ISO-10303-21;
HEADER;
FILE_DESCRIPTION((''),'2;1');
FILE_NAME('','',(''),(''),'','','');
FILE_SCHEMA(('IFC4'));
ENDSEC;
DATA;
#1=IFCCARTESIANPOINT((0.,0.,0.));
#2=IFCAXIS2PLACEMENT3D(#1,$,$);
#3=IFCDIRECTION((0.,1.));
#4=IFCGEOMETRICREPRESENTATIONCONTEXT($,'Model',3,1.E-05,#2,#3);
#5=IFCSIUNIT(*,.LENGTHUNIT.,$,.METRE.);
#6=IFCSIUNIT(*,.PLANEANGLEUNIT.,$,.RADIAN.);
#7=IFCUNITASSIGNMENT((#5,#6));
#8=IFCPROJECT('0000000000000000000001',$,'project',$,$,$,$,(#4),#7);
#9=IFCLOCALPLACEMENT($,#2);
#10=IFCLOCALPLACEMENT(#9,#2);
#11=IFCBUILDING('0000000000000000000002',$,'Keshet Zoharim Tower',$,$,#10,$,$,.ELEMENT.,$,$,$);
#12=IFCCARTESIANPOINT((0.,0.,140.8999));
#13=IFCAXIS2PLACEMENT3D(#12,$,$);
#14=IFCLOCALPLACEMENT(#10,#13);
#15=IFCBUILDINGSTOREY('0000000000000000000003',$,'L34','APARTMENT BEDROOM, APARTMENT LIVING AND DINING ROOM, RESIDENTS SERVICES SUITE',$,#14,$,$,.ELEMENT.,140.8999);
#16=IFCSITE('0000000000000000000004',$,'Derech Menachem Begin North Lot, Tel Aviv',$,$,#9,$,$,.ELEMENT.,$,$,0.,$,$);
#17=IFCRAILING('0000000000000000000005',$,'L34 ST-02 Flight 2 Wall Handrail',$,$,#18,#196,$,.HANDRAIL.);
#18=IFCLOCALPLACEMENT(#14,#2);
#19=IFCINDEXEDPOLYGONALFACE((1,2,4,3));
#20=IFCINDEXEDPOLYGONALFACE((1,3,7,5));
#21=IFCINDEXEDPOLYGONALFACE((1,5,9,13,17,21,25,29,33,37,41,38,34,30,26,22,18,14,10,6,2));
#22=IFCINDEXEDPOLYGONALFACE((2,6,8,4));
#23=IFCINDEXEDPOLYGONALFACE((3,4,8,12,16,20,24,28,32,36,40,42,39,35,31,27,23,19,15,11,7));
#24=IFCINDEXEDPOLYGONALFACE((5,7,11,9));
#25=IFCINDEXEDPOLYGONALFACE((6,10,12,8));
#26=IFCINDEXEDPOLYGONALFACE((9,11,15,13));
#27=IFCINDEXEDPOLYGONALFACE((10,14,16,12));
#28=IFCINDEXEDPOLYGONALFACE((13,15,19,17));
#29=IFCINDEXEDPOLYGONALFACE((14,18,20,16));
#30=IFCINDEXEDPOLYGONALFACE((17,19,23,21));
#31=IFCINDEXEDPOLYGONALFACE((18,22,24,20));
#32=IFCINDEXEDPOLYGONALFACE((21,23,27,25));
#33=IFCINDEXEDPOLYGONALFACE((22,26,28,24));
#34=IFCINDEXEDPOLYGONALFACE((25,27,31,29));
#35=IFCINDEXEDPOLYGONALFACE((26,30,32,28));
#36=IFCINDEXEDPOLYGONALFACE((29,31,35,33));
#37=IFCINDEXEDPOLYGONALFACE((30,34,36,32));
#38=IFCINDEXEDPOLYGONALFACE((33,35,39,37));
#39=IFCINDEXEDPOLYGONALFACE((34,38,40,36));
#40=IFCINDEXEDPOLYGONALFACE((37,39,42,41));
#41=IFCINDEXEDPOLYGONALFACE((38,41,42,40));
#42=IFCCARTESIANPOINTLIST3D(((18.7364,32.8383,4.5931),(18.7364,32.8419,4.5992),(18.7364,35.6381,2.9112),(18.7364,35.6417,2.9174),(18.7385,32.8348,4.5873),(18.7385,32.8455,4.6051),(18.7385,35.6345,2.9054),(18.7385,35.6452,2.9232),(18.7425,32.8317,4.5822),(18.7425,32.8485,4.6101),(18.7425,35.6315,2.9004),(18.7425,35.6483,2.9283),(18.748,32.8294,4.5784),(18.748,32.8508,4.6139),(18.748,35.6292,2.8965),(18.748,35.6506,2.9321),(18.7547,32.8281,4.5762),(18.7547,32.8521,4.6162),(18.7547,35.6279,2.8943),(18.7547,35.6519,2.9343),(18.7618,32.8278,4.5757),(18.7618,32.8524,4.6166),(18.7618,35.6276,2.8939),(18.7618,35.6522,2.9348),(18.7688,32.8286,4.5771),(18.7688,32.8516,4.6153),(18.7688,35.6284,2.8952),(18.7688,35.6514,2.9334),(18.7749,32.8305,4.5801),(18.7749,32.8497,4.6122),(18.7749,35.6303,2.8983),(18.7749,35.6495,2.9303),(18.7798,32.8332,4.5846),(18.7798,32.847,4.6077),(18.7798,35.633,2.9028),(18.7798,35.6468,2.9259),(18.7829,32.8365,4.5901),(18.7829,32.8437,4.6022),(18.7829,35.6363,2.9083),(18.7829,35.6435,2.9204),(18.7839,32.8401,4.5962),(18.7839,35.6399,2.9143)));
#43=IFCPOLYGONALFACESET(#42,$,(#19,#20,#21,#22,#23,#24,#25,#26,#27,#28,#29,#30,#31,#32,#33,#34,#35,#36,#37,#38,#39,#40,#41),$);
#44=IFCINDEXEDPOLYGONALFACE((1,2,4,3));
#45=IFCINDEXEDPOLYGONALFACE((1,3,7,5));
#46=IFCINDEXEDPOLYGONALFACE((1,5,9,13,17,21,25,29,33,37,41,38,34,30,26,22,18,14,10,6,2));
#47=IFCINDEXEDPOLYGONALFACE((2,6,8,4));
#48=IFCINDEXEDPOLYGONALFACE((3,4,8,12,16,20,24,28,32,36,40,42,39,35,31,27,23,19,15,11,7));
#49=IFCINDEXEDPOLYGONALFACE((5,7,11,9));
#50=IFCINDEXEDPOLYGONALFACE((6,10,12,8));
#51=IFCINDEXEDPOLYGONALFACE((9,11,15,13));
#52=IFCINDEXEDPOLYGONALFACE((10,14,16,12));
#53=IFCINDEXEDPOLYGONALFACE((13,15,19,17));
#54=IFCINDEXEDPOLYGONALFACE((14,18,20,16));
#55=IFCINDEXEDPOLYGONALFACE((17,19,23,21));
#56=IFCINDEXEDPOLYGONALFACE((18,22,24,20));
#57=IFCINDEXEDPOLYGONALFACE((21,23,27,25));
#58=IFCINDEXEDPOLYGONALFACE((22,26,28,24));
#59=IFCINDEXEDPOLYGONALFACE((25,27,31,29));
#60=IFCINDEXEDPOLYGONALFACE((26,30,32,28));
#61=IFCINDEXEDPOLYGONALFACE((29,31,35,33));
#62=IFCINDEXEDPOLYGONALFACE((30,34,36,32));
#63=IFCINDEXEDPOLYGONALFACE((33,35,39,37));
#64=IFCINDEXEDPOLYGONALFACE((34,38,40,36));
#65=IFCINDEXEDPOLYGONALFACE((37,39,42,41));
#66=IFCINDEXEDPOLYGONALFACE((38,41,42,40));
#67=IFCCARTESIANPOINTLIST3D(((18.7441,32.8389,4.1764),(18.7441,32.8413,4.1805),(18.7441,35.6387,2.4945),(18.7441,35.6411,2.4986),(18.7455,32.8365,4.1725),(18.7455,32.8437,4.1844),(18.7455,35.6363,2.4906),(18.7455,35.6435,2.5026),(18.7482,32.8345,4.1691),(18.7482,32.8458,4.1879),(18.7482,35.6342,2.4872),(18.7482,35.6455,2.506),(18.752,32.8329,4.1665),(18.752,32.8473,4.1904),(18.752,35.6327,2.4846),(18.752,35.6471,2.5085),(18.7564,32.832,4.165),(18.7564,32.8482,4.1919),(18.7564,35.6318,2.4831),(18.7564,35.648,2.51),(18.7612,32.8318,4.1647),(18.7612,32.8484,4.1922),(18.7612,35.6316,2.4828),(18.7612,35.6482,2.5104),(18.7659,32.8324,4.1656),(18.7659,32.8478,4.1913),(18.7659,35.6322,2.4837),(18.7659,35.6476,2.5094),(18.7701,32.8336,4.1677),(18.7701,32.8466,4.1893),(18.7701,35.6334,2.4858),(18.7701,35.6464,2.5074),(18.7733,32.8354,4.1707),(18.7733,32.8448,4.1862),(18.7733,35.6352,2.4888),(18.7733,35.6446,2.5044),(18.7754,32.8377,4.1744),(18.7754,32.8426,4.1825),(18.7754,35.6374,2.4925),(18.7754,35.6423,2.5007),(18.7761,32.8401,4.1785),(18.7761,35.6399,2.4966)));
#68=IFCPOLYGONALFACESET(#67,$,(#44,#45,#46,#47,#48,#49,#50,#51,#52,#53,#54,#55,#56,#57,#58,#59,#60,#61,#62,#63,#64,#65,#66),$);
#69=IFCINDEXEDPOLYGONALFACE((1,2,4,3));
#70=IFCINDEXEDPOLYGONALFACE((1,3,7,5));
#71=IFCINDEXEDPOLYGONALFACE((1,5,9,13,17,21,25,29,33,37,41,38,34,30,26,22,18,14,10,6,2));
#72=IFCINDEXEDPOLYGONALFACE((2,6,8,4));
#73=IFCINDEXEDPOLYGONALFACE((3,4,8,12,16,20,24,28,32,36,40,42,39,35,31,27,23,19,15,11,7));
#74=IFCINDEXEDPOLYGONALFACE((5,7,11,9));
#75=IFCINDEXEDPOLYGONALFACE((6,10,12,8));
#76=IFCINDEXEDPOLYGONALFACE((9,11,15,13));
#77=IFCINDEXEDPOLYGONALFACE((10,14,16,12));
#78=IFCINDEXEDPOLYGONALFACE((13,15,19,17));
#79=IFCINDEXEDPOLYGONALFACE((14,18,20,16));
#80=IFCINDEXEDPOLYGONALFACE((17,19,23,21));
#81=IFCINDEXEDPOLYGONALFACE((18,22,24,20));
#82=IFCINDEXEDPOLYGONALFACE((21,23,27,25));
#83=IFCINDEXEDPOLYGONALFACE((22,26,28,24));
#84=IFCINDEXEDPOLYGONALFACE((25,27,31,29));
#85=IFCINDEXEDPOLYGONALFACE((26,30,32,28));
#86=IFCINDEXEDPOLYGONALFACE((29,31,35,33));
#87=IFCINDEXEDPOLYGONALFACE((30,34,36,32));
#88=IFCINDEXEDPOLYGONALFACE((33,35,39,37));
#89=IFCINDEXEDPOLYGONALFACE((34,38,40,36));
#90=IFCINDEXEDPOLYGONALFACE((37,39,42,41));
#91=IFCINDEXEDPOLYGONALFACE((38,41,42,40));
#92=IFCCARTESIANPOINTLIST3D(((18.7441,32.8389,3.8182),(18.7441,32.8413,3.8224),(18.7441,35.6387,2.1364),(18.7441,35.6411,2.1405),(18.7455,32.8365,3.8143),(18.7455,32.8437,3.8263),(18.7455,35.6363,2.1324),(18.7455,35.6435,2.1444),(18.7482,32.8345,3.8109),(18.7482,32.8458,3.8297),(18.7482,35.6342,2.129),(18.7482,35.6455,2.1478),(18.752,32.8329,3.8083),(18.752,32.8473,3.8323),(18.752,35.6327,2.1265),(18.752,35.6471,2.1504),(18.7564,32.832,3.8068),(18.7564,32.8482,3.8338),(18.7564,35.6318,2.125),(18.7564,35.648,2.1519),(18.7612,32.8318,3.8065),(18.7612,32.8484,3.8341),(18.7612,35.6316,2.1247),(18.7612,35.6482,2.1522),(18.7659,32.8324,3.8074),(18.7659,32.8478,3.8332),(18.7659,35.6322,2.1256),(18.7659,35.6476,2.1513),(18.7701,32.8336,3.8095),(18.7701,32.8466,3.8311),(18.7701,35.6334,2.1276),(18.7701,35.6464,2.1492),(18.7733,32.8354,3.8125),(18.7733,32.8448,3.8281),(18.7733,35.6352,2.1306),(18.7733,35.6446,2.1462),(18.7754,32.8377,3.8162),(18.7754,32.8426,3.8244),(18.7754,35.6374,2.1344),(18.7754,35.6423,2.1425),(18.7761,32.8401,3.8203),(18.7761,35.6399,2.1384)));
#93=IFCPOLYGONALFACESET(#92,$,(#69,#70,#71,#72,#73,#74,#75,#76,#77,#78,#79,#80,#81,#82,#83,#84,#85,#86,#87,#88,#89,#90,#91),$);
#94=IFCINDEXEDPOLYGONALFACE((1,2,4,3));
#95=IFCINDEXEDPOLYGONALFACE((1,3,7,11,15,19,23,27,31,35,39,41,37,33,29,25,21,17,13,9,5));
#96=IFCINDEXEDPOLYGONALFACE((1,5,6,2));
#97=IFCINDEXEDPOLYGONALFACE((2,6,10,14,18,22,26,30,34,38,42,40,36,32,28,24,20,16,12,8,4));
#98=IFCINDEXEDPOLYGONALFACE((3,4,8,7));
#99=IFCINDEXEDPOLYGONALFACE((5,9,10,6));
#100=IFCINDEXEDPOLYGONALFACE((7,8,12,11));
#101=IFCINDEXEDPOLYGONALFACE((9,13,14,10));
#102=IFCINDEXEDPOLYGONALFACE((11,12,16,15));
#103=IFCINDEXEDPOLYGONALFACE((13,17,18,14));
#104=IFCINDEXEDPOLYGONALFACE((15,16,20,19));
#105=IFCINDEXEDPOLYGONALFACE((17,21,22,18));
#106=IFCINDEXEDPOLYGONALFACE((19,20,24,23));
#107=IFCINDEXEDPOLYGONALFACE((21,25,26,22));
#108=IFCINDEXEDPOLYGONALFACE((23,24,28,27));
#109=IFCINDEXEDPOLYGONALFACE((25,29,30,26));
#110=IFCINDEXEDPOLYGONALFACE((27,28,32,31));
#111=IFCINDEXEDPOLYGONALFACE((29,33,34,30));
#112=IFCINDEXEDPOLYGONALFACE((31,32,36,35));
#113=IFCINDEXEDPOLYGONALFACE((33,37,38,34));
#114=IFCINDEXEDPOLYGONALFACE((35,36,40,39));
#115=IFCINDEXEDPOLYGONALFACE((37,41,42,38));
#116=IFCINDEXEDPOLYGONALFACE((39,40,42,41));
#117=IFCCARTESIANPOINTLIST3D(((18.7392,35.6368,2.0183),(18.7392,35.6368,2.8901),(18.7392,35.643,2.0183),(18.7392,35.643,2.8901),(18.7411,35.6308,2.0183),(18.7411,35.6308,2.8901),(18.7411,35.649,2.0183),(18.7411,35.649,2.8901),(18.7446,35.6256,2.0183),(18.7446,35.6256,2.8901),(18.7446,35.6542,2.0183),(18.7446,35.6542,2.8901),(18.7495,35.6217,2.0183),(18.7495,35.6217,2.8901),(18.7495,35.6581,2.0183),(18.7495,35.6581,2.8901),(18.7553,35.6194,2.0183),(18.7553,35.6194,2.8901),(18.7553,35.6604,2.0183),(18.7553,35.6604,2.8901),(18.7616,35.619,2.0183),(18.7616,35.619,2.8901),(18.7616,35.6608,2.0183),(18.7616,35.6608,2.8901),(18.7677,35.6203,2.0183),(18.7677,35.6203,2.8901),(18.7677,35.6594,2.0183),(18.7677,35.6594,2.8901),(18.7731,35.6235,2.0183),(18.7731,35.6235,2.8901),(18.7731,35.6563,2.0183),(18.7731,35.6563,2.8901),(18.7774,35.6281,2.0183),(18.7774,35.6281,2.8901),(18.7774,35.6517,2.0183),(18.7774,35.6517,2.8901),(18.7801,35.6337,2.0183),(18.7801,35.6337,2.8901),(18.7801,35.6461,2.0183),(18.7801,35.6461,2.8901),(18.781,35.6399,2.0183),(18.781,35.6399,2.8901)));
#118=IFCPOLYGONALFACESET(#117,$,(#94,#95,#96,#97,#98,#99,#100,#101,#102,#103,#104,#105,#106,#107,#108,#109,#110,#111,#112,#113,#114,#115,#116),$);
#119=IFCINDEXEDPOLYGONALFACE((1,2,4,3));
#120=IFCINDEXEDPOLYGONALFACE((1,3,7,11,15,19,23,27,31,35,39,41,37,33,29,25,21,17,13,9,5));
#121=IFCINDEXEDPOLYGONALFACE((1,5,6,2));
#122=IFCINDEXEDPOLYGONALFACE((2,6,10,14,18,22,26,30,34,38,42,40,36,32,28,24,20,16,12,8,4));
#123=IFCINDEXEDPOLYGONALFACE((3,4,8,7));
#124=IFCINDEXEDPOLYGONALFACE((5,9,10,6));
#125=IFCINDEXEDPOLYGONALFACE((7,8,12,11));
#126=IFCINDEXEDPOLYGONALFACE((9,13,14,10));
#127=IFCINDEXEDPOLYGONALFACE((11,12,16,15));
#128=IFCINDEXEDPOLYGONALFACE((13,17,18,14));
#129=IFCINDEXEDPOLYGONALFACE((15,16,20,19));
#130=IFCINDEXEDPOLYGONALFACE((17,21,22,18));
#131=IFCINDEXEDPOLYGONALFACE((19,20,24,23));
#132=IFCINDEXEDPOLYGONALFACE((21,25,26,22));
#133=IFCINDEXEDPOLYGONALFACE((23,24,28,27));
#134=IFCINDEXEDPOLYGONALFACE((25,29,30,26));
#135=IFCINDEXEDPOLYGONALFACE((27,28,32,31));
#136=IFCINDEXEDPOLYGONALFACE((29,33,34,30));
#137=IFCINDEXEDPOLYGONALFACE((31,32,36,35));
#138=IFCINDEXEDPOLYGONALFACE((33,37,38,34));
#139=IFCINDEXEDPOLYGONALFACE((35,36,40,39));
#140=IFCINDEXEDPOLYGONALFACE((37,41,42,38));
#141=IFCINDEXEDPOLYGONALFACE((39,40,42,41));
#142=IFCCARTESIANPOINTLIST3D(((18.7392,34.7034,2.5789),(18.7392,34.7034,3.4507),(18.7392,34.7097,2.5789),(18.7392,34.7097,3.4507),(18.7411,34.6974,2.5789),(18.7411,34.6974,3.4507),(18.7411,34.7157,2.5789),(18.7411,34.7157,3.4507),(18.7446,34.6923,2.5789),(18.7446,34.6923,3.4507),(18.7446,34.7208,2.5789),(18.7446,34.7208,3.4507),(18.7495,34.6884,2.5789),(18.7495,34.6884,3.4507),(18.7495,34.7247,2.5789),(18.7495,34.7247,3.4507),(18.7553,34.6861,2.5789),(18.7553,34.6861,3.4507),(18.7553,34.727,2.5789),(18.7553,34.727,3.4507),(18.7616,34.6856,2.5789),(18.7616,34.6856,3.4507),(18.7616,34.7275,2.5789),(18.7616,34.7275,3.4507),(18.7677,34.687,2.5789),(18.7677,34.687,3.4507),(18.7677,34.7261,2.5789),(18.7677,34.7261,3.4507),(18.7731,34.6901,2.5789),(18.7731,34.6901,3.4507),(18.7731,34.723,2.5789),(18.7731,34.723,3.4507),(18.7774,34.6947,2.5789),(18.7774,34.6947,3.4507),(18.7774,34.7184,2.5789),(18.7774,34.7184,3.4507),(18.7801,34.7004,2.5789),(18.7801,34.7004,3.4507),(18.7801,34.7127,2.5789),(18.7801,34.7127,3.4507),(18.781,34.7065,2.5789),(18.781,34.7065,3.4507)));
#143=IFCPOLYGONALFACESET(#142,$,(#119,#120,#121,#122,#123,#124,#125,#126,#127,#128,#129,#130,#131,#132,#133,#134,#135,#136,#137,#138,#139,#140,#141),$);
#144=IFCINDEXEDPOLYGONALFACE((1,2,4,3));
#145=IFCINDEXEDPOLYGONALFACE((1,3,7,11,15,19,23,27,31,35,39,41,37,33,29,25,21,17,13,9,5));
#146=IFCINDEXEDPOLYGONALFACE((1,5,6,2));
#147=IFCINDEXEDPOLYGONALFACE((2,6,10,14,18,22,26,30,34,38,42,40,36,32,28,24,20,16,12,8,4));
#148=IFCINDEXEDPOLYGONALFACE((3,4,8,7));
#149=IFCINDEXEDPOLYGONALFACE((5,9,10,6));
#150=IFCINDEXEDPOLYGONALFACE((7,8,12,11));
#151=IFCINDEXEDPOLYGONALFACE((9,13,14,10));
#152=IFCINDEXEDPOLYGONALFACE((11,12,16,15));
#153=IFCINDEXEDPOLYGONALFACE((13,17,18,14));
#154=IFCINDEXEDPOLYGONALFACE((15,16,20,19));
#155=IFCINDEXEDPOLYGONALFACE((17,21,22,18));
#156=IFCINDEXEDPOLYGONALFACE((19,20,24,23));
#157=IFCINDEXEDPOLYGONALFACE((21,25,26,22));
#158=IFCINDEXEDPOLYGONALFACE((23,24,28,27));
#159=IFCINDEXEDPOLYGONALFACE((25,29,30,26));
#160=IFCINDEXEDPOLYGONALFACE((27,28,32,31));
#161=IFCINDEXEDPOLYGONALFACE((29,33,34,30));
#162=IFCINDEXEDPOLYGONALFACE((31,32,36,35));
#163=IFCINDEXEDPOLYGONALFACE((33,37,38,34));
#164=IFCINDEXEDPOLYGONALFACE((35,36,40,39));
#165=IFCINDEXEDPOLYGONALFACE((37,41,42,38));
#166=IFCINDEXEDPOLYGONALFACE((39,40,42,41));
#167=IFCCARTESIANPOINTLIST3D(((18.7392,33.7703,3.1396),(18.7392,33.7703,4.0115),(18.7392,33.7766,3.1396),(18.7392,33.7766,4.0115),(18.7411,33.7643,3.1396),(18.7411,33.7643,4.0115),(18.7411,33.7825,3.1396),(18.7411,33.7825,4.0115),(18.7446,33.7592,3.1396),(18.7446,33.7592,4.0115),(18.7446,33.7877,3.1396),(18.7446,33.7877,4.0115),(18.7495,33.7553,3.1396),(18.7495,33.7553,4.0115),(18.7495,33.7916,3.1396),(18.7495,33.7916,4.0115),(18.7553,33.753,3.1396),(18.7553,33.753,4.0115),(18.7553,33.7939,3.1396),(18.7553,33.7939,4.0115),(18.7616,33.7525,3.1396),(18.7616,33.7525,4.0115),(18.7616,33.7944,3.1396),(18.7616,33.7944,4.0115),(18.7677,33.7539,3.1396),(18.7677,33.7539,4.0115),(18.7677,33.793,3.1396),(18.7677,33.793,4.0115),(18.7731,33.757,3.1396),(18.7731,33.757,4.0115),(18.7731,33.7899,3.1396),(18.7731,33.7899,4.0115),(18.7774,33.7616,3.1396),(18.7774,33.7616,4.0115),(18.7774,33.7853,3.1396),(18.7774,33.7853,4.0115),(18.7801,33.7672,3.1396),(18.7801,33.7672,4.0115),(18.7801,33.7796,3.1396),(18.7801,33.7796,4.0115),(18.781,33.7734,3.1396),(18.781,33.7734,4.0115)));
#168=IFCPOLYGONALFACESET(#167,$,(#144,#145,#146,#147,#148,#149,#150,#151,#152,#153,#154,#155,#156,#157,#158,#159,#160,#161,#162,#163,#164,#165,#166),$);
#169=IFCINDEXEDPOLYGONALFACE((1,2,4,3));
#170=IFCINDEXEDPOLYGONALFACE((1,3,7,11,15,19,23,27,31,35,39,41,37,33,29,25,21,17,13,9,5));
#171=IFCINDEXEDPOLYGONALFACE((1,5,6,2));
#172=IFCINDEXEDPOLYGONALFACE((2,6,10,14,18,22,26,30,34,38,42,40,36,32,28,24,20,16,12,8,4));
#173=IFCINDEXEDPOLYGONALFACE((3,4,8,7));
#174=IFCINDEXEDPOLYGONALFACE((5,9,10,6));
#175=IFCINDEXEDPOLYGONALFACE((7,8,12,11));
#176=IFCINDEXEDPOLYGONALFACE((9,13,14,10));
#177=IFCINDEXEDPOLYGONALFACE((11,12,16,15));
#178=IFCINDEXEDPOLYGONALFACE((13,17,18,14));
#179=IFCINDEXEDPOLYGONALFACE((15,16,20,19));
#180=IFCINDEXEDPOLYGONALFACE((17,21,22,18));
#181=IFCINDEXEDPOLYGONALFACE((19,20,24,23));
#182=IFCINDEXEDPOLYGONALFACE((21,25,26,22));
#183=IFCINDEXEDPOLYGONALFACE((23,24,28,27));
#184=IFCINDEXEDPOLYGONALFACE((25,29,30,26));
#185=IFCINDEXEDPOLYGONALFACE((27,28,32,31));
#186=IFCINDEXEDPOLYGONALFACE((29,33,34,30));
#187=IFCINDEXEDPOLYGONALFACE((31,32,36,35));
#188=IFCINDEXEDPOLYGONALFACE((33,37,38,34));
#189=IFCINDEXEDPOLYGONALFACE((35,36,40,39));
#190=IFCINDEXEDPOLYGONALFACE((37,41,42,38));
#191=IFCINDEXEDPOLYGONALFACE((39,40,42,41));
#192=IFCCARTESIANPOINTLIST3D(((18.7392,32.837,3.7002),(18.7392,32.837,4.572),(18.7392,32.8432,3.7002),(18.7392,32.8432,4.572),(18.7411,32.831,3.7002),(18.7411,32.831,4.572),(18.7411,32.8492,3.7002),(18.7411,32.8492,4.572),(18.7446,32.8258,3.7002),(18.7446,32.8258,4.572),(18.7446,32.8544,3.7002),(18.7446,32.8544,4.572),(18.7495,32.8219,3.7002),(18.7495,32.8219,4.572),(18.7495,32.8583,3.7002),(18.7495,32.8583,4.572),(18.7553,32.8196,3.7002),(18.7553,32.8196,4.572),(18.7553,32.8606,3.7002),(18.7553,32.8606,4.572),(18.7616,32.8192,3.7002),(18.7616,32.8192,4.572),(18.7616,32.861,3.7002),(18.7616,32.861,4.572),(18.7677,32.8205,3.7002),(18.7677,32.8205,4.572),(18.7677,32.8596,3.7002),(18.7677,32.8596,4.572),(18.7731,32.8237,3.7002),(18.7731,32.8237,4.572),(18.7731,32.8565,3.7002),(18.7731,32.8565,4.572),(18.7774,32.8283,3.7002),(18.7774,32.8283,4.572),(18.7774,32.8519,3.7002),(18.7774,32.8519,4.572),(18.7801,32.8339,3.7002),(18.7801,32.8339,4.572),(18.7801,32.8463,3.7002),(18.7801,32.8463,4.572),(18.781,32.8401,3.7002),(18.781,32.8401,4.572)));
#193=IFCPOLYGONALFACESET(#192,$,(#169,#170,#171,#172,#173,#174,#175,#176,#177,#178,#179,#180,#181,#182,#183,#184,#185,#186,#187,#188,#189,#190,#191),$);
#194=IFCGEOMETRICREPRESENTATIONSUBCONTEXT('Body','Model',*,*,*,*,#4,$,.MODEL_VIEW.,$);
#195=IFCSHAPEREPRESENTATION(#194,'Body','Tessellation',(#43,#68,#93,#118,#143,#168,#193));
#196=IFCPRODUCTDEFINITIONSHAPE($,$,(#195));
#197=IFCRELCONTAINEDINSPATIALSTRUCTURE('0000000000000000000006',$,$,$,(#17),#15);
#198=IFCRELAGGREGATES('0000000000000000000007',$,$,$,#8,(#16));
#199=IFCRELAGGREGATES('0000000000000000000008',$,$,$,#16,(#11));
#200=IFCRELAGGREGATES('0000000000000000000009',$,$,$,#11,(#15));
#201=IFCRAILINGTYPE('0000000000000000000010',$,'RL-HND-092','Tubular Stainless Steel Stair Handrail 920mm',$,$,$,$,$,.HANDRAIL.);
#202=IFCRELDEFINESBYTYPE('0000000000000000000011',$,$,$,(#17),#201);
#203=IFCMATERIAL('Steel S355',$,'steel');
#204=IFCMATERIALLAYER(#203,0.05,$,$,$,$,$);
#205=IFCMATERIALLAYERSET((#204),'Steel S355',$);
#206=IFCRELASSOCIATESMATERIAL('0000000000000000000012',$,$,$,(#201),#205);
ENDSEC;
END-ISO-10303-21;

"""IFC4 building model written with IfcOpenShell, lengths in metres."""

from ifc_helpers import new_model, si_unit, direction, frame, origin, origin_2d, place, context, subcontext, project, spatial, circle, extrude, material, layer, layer_set, type_object, element, save


model = new_model("IFC4")

# Units and contexts
model_context = context("Model", 3, precision=1e-05, world=origin(), true_north=direction((0.0, 1.0)))
body_context = subcontext(model_context, "Body", "Model", "MODEL_VIEW")
ifc_project = project(units=[si_unit("LENGTHUNIT", "METRE"), si_unit("PLANEANGLEUNIT", "RADIAN")], contexts=[model_context])

# Site, building, storey
site_placement = place(None, origin())
site = spatial("IfcSite", under=ifc_project, at=site_placement, Name="Derech Menachem Begin North Lot, Tel Aviv", CompositionType="ELEMENT", RefElevation=0.0)
building_placement = place(site_placement, origin())
building = spatial("IfcBuilding", under=site, at=building_placement, Name="Keshet Zoharim Tower", CompositionType="ELEMENT")
storey_placement = place(building_placement, frame((0.0, 0.0, 140.8999)))
storey = spatial("IfcBuildingStorey", under=building, at=storey_placement, Name="L34", Description="APARTMENT BEDROOM, APARTMENT LIVING AND DINING ROOM, RESIDENTS SERVICES SUITE", CompositionType="ELEMENT", Elevation=140.8999)

# Shared definitions
ifc_material_1 = material(Name="Steel S355", Category="steel")

# Railing
ifc_layer_1 = layer(ifc_material_1, 0.05)
ifc_layer_set_1 = layer_set([ifc_layer_1], Name="Steel S355")
railing_type = type_object("IfcRailingType", Name="RL-HND-092", Description="Tubular Stainless Steel Stair Handrail 920mm", PredefinedType="HANDRAIL", material=ifc_layer_set_1)
railing_placement = place(storey_placement, frame((18.76, 35.6399, 2.0183)))
element("IfcRailing", 1, at=railing_placement, inside=storey, type_object=railing_type, Name="L34 ST-02 Flight 2 Wall Handrail", PredefinedType="HANDRAIL", context=body_context, shape_type="SweptSolid", body=[
    extrude(circle(Radius=0.0239, at=origin_2d()), frame((0.0, 0.0, 0.896), z_axis=(0.0, -0.857222, 0.514946), x_axis=(1.0, 0.0, 0.0)), (0.0, 0.0, 1.0), 3.2661),
    extrude(circle(Radius=0.0161, at=origin_2d()), frame((0.0, 0.0, 0.4783), z_axis=(0.0, -0.857222, 0.514946), x_axis=(1.0, 0.0, 0.0)), (0.0, 0.0, 1.0), 3.2661),
    extrude(circle(Radius=0.0161, at=origin_2d()), frame((0.0, 0.0, 0.1201), z_axis=(0.0, -0.857222, 0.514946), x_axis=(1.0, 0.0, 0.0)), (0.0, 0.0, 1.0), 3.2661),
    extrude(circle(Radius=0.021, at=origin_2d()), origin(), (0.0, 0.0, 1.0), 0.8718),
    extrude(circle(Radius=0.021, at=origin_2d()), frame((0.0, -0.9333, 0.5605)), (0.0, 0.0, 1.0), 0.8718),
    extrude(circle(Radius=0.021, at=origin_2d()), frame((0.0, -1.8665, 1.1213)), (0.0, 0.0, 1.0), 0.8718),
    extrude(circle(Radius=0.021, at=origin_2d()), frame((0.0, -2.7998, 1.6819)), (0.0, 0.0, 1.0), 0.8718),
])

save(model, "model.ifc")
